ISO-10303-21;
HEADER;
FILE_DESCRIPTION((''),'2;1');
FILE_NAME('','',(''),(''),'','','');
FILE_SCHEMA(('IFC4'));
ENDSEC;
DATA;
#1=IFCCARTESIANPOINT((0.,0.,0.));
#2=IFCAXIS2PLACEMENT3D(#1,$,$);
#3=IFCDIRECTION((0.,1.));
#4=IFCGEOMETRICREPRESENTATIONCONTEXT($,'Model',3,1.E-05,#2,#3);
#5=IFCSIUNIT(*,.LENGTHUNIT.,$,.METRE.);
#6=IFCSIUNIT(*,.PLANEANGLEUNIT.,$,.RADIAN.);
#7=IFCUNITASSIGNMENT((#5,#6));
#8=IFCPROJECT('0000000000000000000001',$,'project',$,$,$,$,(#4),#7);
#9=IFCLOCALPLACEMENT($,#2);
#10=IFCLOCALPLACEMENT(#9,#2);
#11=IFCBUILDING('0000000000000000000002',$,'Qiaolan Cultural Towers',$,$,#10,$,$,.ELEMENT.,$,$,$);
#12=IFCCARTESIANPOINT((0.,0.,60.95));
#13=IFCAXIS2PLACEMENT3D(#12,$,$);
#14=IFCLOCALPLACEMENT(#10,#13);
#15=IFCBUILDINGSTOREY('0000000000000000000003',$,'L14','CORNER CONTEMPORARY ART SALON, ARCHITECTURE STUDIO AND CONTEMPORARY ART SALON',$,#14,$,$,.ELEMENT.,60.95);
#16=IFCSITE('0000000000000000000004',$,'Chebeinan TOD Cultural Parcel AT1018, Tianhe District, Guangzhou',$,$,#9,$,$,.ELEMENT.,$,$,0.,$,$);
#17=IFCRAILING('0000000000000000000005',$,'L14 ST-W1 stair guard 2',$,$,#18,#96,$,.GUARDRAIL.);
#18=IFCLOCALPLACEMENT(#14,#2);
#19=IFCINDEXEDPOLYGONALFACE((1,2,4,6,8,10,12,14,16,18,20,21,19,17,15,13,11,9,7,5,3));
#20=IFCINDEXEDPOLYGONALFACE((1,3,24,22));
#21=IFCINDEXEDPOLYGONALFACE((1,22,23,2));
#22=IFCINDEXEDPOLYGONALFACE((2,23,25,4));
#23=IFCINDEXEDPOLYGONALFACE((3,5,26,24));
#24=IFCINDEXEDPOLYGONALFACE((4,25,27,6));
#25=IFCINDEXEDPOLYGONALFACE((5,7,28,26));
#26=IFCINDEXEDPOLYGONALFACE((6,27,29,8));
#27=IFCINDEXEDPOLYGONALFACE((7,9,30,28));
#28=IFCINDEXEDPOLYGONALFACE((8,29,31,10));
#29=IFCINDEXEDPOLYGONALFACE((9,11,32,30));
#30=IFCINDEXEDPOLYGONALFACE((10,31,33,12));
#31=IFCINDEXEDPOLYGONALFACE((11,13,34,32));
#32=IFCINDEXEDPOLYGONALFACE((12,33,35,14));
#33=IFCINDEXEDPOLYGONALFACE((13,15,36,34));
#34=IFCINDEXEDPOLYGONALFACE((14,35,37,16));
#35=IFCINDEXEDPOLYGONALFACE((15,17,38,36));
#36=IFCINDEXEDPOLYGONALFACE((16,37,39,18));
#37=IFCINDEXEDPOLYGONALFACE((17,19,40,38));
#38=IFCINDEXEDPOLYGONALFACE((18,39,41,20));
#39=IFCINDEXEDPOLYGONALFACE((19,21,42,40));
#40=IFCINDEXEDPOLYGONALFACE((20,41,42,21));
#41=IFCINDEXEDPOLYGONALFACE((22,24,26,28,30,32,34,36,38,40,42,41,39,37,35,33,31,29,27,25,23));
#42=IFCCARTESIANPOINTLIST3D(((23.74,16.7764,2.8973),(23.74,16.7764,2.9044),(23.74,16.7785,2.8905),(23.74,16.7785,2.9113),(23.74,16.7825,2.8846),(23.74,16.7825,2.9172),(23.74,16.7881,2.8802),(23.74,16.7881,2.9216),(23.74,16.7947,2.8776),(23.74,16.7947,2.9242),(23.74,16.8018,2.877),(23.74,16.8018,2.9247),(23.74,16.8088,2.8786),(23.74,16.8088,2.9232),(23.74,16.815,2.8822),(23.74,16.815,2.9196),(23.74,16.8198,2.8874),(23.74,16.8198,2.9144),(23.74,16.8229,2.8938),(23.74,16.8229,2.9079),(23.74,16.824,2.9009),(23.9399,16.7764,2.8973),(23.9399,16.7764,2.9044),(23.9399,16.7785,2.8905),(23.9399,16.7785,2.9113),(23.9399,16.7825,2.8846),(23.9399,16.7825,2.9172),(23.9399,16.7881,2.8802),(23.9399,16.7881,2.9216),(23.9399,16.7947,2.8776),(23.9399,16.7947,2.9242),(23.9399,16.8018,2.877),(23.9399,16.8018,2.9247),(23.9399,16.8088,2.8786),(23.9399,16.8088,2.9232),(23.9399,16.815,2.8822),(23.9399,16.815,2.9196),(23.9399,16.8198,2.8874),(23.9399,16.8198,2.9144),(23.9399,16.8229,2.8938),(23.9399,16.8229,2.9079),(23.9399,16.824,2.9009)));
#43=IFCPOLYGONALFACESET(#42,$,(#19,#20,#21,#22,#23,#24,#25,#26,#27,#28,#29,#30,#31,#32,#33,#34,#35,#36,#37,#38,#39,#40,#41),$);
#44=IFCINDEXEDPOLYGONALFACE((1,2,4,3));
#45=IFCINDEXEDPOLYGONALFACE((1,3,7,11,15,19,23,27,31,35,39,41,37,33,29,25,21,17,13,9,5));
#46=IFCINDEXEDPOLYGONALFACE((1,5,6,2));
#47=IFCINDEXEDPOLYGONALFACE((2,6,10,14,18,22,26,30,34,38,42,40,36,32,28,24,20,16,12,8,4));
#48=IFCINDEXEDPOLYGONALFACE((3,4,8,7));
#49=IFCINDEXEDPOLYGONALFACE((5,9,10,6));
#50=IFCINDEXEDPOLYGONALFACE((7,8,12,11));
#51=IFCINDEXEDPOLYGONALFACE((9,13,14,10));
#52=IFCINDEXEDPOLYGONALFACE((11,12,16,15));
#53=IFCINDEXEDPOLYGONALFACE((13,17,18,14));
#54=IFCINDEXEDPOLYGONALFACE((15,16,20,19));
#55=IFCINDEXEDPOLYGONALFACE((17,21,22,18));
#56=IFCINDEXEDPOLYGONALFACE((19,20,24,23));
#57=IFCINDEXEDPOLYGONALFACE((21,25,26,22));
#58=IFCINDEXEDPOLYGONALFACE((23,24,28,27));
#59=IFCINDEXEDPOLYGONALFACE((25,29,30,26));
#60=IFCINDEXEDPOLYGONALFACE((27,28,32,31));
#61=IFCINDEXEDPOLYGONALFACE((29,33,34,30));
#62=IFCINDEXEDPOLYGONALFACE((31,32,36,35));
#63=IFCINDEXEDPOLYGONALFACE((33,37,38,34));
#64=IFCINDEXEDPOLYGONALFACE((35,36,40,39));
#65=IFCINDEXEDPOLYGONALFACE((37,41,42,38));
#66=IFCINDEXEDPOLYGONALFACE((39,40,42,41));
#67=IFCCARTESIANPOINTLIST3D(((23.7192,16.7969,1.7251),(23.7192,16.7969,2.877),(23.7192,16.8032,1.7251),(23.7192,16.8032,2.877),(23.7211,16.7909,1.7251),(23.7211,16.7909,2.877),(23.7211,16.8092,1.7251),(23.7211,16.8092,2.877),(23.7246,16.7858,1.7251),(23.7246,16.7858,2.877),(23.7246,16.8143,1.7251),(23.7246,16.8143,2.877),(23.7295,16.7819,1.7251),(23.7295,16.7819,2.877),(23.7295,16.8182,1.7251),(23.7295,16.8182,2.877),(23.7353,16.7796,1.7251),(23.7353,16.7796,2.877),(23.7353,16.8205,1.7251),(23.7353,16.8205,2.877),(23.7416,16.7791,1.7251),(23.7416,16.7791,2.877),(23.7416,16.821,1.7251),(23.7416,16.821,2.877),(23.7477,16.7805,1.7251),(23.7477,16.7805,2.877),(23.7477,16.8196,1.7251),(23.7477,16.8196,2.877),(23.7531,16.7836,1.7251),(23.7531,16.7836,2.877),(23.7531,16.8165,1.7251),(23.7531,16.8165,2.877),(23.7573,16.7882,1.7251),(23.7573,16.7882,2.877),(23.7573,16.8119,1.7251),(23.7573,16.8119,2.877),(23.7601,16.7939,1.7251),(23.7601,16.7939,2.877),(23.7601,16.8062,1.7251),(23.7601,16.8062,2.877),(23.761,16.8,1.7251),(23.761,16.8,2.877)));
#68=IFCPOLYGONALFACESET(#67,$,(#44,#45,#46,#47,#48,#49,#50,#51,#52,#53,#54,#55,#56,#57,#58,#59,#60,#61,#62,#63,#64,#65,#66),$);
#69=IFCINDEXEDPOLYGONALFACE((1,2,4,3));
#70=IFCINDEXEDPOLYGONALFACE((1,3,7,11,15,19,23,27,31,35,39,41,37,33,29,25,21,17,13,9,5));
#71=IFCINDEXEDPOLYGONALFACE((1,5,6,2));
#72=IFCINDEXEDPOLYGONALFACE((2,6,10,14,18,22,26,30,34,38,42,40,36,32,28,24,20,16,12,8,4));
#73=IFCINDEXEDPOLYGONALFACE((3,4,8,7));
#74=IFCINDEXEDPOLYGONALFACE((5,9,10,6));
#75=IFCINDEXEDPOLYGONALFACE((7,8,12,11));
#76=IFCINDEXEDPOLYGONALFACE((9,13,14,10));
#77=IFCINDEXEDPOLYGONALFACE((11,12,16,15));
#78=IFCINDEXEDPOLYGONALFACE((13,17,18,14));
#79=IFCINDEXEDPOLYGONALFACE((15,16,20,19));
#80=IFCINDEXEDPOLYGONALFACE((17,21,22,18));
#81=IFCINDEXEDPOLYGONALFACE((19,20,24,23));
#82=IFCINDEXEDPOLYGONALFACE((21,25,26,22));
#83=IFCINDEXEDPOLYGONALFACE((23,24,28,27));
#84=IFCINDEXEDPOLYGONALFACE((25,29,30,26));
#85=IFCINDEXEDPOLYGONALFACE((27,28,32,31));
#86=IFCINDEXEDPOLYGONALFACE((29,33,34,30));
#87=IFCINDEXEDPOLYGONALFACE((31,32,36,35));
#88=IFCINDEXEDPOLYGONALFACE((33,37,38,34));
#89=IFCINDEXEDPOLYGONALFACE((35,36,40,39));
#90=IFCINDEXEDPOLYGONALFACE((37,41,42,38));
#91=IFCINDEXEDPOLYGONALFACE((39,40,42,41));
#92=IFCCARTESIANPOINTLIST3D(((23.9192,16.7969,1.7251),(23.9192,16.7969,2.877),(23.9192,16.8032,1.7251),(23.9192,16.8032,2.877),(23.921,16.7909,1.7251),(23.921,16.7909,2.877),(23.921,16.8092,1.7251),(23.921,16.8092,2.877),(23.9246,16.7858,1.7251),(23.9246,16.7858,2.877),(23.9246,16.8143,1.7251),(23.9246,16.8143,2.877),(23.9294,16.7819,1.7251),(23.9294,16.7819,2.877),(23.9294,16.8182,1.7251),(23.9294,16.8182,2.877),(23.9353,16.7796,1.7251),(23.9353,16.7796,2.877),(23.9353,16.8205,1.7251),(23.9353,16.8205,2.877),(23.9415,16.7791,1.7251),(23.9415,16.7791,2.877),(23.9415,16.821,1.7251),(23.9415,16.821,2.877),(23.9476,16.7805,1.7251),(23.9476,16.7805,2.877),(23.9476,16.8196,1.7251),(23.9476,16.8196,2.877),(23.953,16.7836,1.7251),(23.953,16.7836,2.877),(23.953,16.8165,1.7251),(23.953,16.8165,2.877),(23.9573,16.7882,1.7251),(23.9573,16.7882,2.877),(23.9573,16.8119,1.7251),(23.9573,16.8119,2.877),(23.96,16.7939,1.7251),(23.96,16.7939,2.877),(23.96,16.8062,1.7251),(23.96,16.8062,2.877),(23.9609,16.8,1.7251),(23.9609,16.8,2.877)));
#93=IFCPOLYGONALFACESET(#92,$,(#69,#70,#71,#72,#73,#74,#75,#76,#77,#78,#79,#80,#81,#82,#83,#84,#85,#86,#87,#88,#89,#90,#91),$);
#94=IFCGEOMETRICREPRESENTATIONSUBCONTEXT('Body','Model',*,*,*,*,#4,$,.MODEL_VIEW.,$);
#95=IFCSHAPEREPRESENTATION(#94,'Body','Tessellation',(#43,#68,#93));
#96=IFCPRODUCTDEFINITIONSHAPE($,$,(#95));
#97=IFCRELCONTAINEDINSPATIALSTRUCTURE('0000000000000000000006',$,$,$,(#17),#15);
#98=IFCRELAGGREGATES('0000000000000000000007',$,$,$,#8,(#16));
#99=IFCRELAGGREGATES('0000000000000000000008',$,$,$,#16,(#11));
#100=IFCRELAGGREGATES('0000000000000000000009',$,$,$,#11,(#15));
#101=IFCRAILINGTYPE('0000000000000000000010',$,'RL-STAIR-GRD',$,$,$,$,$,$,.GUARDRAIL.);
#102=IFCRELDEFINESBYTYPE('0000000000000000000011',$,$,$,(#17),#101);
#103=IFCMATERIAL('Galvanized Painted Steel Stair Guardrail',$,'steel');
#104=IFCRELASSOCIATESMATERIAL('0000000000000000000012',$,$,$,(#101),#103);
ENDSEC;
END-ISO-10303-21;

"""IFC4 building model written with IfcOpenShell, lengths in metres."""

from ifc_helpers import new_model, si_unit, direction, frame, origin, origin_2d, place, context, subcontext, project, spatial, circle, extrude, material, type_object, element, save


model = new_model("IFC4")

# Units and contexts
model_context = context("Model", 3, precision=1e-05, world=origin(), true_north=direction((0.0, 1.0)))
body_context = subcontext(model_context, "Body", "Model", "MODEL_VIEW")
ifc_project = project(units=[si_unit("LENGTHUNIT", "METRE"), si_unit("PLANEANGLEUNIT", "RADIAN")], contexts=[model_context])

# Site, building, storey
site_placement = place(None, origin())
site = spatial("IfcSite", under=ifc_project, at=site_placement, Name="Chebeinan TOD Cultural Parcel AT1018, Tianhe District, Guangzhou", CompositionType="ELEMENT", RefElevation=0.0)
building_placement = place(site_placement, origin())
building = spatial("IfcBuilding", under=site, at=building_placement, Name="Qiaolan Cultural Towers", CompositionType="ELEMENT")
storey_placement = place(building_placement, frame((0.0, 0.0, 60.95)))
storey = spatial("IfcBuildingStorey", under=building, at=storey_placement, Name="L14", Description="CORNER CONTEMPORARY ART SALON, ARCHITECTURE STUDIO AND CONTEMPORARY ART SALON", CompositionType="ELEMENT", Elevation=60.95)

# Railing
ifc_material_1 = material(Name="Galvanized Painted Steel Stair Guardrail", Category="steel")
railing_type_1 = type_object("IfcRailingType", Name="RL-STAIR-GRD", PredefinedType="GUARDRAIL", material=ifc_material_1)
railing_1_placement = place(storey_placement, frame((23.74, 16.8, 1.7251)))
element("IfcRailing", 1, at=railing_1_placement, inside=storey, type_object=railing_type_1, Name="L14 ST-W1 stair guard 2", PredefinedType="GUARDRAIL", context=body_context, shape_type="SweptSolid", body=[
    extrude(circle(Radius=0.0239, at=origin_2d()), frame((0.0, 0.0, 1.1758), z_axis=(1.0, 0.0, 0.0), x_axis=(0.0, 1.0, 0.0)), (0.0, 0.0, 1.0), 0.2),
    extrude(circle(Radius=0.021, at=origin_2d()), origin(), (0.0, 0.0, 1.0), 1.1519),
    extrude(circle(Radius=0.021, at=origin_2d()), frame((0.2, 0.0, 0.0)), (0.0, 0.0, 1.0), 1.1519),
])

save(model, "model.ifc")
